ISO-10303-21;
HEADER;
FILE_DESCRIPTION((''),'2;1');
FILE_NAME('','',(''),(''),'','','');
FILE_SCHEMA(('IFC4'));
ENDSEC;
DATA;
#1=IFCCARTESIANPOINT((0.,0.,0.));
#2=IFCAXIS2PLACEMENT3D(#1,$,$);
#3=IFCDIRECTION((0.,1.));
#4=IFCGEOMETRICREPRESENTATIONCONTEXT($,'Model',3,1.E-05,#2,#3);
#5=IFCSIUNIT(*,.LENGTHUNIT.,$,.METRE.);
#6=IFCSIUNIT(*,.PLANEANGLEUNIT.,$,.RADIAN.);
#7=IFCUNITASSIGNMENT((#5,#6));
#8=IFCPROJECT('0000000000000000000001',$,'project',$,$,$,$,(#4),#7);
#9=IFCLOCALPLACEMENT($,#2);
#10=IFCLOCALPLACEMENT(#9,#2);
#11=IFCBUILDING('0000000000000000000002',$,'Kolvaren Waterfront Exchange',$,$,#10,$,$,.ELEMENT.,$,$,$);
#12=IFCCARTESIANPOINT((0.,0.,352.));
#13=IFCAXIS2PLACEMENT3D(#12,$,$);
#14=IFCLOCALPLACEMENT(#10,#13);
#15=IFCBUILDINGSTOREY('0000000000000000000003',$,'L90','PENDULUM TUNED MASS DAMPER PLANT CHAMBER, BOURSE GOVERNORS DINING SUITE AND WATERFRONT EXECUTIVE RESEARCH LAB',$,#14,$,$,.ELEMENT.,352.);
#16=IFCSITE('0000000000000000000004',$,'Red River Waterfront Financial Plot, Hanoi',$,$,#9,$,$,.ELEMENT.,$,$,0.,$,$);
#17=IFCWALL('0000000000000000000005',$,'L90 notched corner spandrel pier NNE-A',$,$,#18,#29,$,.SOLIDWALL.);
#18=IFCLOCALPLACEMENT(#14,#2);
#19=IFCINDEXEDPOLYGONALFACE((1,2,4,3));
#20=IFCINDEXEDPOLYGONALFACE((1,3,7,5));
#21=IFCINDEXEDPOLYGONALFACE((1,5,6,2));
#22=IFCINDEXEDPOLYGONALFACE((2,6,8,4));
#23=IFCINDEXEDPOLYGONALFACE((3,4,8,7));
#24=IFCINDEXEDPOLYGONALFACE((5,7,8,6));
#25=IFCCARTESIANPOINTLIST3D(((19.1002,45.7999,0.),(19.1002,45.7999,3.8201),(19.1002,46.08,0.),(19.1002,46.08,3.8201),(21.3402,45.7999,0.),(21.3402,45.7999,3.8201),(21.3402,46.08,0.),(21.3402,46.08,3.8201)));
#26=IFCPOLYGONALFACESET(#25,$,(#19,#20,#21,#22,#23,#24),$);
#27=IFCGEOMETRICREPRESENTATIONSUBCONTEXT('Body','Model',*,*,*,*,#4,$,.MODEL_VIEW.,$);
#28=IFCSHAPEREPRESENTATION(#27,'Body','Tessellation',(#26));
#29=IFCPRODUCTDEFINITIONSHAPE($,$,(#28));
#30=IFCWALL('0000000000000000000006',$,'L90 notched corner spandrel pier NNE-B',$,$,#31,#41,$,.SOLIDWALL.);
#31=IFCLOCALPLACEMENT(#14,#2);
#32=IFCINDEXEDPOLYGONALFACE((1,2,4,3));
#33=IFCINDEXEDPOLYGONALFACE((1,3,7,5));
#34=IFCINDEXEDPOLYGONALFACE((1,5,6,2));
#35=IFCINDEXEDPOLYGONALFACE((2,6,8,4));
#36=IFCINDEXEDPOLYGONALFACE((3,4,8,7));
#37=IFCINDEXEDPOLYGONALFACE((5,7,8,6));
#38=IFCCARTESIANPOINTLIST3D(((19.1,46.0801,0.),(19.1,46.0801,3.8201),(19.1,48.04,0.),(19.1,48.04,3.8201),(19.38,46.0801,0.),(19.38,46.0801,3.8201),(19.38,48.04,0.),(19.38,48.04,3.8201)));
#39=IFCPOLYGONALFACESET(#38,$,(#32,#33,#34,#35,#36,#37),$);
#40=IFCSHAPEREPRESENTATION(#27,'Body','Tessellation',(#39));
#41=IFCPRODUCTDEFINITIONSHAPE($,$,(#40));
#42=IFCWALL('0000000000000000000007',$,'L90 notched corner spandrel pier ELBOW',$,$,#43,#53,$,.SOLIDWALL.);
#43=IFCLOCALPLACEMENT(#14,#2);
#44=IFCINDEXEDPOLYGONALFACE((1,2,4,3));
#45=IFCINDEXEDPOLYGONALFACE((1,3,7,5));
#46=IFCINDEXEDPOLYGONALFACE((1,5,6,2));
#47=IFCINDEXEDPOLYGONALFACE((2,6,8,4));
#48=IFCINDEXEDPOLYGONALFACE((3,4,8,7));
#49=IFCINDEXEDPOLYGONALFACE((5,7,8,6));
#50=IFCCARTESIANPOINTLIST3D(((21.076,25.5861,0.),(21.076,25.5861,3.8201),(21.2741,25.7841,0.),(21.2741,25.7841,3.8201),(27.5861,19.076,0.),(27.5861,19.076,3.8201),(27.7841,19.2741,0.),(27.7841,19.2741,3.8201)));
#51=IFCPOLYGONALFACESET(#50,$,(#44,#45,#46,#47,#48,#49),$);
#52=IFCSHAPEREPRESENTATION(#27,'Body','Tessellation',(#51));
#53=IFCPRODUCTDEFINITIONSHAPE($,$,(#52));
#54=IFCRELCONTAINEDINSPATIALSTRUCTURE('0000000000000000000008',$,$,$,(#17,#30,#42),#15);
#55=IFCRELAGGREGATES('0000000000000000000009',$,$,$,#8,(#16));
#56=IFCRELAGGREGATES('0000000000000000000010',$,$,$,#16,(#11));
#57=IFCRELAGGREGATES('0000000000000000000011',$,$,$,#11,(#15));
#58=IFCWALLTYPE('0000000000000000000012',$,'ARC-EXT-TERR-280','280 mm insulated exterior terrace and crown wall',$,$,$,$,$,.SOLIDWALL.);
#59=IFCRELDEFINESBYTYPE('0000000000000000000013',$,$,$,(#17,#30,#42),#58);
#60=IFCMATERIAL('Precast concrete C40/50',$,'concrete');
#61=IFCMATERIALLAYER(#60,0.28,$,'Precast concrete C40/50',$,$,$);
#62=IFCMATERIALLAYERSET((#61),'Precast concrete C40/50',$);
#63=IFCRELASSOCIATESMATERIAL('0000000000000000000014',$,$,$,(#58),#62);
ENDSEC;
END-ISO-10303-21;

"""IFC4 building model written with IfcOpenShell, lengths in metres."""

from ifc_helpers import new_model, si_unit, direction, frame, frame_2d, origin, place, context, subcontext, project, spatial, rectangle, extrude, material, layer, layer_set, type_object, element, save


model = new_model("IFC4")

# Units and contexts
model_context = context("Model", 3, precision=1e-05, world=origin(), true_north=direction((0.0, 1.0)))
body_context = subcontext(model_context, "Body", "Model", "MODEL_VIEW")
ifc_project = project(units=[si_unit("LENGTHUNIT", "METRE"), si_unit("PLANEANGLEUNIT", "RADIAN")], contexts=[model_context])

# Site, building, storey
site_placement = place(None, origin())
site = spatial("IfcSite", under=ifc_project, at=site_placement, Name="Red River Waterfront Financial Plot, Hanoi", CompositionType="ELEMENT", RefElevation=0.0)
building_placement = place(site_placement, origin())
building = spatial("IfcBuilding", under=site, at=building_placement, Name="Kolvaren Waterfront Exchange", CompositionType="ELEMENT")
storey_placement = place(building_placement, frame((0.0, 0.0, 352.0)))
storey = spatial("IfcBuildingStorey", under=building, at=storey_placement, Name="L90", Description="PENDULUM TUNED MASS DAMPER PLANT CHAMBER, BOURSE GOVERNORS DINING SUITE AND WATERFRONT EXECUTIVE RESEARCH LAB", CompositionType="ELEMENT", Elevation=352.0)

# Walls
ifc_material_1 = material(Name="Precast concrete C40/50", Category="concrete")
ifc_layer_1 = layer(ifc_material_1, 0.28, Name="Precast concrete C40/50")
ifc_layer_set_1 = layer_set([ifc_layer_1], Name="Precast concrete C40/50")
wall_type = type_object("IfcWallType", Name="ARC-EXT-TERR-280", Description="280 mm insulated exterior terrace and crown wall", PredefinedType="SOLIDWALL", material=ifc_layer_set_1)
wall_1_placement = place(storey_placement, frame((19.1001, 45.9399, 0.0), z_axis=(0.0, 0.0, 1.0), x_axis=(1.0, 0.0, 0.0)))
element("IfcWall", 1, at=wall_1_placement, inside=storey, type_object=wall_type, Name="L90 notched corner spandrel pier NNE-A", PredefinedType="SOLIDWALL", context=body_context, shape_type="SweptSolid", body=[
    extrude(rectangle(XDim=2.24, YDim=0.28, at=frame_2d((1.1201, 0.0))), origin(), (0.0, 0.0, 1.0), 3.8201),
])
wall_2_placement = place(storey_placement, frame((19.24, 46.0801, 0.0), z_axis=(0.0, 0.0, 1.0), x_axis=(0.0, 1.0, 0.0)))
element("IfcWall", 2, at=wall_2_placement, inside=storey, type_object=wall_type, Name="L90 notched corner spandrel pier NNE-B", PredefinedType="SOLIDWALL", context=body_context, shape_type="SweptSolid", body=[
    extrude(rectangle(XDim=1.96, YDim=0.28, at=frame_2d((0.98, 0.0))), origin(), (0.0, 0.0, 1.0), 3.8201),
])
wall_3_placement = place(storey_placement, frame((27.6851, 19.175, 0.0), z_axis=(0.0, 0.0, 1.0), x_axis=(-0.707107, 0.707107, 0.0)))
element("IfcWall", 3, at=wall_3_placement, inside=storey, type_object=wall_type, Name="L90 notched corner spandrel pier ELBOW", PredefinedType="SOLIDWALL", context=body_context, shape_type="SweptSolid", body=[
    extrude(rectangle(XDim=9.2065, YDim=0.28, at=frame_2d((4.6033, 0.0))), origin(), (0.0, 0.0, 1.0), 3.8201),
])

save(model, "model.ifc")
